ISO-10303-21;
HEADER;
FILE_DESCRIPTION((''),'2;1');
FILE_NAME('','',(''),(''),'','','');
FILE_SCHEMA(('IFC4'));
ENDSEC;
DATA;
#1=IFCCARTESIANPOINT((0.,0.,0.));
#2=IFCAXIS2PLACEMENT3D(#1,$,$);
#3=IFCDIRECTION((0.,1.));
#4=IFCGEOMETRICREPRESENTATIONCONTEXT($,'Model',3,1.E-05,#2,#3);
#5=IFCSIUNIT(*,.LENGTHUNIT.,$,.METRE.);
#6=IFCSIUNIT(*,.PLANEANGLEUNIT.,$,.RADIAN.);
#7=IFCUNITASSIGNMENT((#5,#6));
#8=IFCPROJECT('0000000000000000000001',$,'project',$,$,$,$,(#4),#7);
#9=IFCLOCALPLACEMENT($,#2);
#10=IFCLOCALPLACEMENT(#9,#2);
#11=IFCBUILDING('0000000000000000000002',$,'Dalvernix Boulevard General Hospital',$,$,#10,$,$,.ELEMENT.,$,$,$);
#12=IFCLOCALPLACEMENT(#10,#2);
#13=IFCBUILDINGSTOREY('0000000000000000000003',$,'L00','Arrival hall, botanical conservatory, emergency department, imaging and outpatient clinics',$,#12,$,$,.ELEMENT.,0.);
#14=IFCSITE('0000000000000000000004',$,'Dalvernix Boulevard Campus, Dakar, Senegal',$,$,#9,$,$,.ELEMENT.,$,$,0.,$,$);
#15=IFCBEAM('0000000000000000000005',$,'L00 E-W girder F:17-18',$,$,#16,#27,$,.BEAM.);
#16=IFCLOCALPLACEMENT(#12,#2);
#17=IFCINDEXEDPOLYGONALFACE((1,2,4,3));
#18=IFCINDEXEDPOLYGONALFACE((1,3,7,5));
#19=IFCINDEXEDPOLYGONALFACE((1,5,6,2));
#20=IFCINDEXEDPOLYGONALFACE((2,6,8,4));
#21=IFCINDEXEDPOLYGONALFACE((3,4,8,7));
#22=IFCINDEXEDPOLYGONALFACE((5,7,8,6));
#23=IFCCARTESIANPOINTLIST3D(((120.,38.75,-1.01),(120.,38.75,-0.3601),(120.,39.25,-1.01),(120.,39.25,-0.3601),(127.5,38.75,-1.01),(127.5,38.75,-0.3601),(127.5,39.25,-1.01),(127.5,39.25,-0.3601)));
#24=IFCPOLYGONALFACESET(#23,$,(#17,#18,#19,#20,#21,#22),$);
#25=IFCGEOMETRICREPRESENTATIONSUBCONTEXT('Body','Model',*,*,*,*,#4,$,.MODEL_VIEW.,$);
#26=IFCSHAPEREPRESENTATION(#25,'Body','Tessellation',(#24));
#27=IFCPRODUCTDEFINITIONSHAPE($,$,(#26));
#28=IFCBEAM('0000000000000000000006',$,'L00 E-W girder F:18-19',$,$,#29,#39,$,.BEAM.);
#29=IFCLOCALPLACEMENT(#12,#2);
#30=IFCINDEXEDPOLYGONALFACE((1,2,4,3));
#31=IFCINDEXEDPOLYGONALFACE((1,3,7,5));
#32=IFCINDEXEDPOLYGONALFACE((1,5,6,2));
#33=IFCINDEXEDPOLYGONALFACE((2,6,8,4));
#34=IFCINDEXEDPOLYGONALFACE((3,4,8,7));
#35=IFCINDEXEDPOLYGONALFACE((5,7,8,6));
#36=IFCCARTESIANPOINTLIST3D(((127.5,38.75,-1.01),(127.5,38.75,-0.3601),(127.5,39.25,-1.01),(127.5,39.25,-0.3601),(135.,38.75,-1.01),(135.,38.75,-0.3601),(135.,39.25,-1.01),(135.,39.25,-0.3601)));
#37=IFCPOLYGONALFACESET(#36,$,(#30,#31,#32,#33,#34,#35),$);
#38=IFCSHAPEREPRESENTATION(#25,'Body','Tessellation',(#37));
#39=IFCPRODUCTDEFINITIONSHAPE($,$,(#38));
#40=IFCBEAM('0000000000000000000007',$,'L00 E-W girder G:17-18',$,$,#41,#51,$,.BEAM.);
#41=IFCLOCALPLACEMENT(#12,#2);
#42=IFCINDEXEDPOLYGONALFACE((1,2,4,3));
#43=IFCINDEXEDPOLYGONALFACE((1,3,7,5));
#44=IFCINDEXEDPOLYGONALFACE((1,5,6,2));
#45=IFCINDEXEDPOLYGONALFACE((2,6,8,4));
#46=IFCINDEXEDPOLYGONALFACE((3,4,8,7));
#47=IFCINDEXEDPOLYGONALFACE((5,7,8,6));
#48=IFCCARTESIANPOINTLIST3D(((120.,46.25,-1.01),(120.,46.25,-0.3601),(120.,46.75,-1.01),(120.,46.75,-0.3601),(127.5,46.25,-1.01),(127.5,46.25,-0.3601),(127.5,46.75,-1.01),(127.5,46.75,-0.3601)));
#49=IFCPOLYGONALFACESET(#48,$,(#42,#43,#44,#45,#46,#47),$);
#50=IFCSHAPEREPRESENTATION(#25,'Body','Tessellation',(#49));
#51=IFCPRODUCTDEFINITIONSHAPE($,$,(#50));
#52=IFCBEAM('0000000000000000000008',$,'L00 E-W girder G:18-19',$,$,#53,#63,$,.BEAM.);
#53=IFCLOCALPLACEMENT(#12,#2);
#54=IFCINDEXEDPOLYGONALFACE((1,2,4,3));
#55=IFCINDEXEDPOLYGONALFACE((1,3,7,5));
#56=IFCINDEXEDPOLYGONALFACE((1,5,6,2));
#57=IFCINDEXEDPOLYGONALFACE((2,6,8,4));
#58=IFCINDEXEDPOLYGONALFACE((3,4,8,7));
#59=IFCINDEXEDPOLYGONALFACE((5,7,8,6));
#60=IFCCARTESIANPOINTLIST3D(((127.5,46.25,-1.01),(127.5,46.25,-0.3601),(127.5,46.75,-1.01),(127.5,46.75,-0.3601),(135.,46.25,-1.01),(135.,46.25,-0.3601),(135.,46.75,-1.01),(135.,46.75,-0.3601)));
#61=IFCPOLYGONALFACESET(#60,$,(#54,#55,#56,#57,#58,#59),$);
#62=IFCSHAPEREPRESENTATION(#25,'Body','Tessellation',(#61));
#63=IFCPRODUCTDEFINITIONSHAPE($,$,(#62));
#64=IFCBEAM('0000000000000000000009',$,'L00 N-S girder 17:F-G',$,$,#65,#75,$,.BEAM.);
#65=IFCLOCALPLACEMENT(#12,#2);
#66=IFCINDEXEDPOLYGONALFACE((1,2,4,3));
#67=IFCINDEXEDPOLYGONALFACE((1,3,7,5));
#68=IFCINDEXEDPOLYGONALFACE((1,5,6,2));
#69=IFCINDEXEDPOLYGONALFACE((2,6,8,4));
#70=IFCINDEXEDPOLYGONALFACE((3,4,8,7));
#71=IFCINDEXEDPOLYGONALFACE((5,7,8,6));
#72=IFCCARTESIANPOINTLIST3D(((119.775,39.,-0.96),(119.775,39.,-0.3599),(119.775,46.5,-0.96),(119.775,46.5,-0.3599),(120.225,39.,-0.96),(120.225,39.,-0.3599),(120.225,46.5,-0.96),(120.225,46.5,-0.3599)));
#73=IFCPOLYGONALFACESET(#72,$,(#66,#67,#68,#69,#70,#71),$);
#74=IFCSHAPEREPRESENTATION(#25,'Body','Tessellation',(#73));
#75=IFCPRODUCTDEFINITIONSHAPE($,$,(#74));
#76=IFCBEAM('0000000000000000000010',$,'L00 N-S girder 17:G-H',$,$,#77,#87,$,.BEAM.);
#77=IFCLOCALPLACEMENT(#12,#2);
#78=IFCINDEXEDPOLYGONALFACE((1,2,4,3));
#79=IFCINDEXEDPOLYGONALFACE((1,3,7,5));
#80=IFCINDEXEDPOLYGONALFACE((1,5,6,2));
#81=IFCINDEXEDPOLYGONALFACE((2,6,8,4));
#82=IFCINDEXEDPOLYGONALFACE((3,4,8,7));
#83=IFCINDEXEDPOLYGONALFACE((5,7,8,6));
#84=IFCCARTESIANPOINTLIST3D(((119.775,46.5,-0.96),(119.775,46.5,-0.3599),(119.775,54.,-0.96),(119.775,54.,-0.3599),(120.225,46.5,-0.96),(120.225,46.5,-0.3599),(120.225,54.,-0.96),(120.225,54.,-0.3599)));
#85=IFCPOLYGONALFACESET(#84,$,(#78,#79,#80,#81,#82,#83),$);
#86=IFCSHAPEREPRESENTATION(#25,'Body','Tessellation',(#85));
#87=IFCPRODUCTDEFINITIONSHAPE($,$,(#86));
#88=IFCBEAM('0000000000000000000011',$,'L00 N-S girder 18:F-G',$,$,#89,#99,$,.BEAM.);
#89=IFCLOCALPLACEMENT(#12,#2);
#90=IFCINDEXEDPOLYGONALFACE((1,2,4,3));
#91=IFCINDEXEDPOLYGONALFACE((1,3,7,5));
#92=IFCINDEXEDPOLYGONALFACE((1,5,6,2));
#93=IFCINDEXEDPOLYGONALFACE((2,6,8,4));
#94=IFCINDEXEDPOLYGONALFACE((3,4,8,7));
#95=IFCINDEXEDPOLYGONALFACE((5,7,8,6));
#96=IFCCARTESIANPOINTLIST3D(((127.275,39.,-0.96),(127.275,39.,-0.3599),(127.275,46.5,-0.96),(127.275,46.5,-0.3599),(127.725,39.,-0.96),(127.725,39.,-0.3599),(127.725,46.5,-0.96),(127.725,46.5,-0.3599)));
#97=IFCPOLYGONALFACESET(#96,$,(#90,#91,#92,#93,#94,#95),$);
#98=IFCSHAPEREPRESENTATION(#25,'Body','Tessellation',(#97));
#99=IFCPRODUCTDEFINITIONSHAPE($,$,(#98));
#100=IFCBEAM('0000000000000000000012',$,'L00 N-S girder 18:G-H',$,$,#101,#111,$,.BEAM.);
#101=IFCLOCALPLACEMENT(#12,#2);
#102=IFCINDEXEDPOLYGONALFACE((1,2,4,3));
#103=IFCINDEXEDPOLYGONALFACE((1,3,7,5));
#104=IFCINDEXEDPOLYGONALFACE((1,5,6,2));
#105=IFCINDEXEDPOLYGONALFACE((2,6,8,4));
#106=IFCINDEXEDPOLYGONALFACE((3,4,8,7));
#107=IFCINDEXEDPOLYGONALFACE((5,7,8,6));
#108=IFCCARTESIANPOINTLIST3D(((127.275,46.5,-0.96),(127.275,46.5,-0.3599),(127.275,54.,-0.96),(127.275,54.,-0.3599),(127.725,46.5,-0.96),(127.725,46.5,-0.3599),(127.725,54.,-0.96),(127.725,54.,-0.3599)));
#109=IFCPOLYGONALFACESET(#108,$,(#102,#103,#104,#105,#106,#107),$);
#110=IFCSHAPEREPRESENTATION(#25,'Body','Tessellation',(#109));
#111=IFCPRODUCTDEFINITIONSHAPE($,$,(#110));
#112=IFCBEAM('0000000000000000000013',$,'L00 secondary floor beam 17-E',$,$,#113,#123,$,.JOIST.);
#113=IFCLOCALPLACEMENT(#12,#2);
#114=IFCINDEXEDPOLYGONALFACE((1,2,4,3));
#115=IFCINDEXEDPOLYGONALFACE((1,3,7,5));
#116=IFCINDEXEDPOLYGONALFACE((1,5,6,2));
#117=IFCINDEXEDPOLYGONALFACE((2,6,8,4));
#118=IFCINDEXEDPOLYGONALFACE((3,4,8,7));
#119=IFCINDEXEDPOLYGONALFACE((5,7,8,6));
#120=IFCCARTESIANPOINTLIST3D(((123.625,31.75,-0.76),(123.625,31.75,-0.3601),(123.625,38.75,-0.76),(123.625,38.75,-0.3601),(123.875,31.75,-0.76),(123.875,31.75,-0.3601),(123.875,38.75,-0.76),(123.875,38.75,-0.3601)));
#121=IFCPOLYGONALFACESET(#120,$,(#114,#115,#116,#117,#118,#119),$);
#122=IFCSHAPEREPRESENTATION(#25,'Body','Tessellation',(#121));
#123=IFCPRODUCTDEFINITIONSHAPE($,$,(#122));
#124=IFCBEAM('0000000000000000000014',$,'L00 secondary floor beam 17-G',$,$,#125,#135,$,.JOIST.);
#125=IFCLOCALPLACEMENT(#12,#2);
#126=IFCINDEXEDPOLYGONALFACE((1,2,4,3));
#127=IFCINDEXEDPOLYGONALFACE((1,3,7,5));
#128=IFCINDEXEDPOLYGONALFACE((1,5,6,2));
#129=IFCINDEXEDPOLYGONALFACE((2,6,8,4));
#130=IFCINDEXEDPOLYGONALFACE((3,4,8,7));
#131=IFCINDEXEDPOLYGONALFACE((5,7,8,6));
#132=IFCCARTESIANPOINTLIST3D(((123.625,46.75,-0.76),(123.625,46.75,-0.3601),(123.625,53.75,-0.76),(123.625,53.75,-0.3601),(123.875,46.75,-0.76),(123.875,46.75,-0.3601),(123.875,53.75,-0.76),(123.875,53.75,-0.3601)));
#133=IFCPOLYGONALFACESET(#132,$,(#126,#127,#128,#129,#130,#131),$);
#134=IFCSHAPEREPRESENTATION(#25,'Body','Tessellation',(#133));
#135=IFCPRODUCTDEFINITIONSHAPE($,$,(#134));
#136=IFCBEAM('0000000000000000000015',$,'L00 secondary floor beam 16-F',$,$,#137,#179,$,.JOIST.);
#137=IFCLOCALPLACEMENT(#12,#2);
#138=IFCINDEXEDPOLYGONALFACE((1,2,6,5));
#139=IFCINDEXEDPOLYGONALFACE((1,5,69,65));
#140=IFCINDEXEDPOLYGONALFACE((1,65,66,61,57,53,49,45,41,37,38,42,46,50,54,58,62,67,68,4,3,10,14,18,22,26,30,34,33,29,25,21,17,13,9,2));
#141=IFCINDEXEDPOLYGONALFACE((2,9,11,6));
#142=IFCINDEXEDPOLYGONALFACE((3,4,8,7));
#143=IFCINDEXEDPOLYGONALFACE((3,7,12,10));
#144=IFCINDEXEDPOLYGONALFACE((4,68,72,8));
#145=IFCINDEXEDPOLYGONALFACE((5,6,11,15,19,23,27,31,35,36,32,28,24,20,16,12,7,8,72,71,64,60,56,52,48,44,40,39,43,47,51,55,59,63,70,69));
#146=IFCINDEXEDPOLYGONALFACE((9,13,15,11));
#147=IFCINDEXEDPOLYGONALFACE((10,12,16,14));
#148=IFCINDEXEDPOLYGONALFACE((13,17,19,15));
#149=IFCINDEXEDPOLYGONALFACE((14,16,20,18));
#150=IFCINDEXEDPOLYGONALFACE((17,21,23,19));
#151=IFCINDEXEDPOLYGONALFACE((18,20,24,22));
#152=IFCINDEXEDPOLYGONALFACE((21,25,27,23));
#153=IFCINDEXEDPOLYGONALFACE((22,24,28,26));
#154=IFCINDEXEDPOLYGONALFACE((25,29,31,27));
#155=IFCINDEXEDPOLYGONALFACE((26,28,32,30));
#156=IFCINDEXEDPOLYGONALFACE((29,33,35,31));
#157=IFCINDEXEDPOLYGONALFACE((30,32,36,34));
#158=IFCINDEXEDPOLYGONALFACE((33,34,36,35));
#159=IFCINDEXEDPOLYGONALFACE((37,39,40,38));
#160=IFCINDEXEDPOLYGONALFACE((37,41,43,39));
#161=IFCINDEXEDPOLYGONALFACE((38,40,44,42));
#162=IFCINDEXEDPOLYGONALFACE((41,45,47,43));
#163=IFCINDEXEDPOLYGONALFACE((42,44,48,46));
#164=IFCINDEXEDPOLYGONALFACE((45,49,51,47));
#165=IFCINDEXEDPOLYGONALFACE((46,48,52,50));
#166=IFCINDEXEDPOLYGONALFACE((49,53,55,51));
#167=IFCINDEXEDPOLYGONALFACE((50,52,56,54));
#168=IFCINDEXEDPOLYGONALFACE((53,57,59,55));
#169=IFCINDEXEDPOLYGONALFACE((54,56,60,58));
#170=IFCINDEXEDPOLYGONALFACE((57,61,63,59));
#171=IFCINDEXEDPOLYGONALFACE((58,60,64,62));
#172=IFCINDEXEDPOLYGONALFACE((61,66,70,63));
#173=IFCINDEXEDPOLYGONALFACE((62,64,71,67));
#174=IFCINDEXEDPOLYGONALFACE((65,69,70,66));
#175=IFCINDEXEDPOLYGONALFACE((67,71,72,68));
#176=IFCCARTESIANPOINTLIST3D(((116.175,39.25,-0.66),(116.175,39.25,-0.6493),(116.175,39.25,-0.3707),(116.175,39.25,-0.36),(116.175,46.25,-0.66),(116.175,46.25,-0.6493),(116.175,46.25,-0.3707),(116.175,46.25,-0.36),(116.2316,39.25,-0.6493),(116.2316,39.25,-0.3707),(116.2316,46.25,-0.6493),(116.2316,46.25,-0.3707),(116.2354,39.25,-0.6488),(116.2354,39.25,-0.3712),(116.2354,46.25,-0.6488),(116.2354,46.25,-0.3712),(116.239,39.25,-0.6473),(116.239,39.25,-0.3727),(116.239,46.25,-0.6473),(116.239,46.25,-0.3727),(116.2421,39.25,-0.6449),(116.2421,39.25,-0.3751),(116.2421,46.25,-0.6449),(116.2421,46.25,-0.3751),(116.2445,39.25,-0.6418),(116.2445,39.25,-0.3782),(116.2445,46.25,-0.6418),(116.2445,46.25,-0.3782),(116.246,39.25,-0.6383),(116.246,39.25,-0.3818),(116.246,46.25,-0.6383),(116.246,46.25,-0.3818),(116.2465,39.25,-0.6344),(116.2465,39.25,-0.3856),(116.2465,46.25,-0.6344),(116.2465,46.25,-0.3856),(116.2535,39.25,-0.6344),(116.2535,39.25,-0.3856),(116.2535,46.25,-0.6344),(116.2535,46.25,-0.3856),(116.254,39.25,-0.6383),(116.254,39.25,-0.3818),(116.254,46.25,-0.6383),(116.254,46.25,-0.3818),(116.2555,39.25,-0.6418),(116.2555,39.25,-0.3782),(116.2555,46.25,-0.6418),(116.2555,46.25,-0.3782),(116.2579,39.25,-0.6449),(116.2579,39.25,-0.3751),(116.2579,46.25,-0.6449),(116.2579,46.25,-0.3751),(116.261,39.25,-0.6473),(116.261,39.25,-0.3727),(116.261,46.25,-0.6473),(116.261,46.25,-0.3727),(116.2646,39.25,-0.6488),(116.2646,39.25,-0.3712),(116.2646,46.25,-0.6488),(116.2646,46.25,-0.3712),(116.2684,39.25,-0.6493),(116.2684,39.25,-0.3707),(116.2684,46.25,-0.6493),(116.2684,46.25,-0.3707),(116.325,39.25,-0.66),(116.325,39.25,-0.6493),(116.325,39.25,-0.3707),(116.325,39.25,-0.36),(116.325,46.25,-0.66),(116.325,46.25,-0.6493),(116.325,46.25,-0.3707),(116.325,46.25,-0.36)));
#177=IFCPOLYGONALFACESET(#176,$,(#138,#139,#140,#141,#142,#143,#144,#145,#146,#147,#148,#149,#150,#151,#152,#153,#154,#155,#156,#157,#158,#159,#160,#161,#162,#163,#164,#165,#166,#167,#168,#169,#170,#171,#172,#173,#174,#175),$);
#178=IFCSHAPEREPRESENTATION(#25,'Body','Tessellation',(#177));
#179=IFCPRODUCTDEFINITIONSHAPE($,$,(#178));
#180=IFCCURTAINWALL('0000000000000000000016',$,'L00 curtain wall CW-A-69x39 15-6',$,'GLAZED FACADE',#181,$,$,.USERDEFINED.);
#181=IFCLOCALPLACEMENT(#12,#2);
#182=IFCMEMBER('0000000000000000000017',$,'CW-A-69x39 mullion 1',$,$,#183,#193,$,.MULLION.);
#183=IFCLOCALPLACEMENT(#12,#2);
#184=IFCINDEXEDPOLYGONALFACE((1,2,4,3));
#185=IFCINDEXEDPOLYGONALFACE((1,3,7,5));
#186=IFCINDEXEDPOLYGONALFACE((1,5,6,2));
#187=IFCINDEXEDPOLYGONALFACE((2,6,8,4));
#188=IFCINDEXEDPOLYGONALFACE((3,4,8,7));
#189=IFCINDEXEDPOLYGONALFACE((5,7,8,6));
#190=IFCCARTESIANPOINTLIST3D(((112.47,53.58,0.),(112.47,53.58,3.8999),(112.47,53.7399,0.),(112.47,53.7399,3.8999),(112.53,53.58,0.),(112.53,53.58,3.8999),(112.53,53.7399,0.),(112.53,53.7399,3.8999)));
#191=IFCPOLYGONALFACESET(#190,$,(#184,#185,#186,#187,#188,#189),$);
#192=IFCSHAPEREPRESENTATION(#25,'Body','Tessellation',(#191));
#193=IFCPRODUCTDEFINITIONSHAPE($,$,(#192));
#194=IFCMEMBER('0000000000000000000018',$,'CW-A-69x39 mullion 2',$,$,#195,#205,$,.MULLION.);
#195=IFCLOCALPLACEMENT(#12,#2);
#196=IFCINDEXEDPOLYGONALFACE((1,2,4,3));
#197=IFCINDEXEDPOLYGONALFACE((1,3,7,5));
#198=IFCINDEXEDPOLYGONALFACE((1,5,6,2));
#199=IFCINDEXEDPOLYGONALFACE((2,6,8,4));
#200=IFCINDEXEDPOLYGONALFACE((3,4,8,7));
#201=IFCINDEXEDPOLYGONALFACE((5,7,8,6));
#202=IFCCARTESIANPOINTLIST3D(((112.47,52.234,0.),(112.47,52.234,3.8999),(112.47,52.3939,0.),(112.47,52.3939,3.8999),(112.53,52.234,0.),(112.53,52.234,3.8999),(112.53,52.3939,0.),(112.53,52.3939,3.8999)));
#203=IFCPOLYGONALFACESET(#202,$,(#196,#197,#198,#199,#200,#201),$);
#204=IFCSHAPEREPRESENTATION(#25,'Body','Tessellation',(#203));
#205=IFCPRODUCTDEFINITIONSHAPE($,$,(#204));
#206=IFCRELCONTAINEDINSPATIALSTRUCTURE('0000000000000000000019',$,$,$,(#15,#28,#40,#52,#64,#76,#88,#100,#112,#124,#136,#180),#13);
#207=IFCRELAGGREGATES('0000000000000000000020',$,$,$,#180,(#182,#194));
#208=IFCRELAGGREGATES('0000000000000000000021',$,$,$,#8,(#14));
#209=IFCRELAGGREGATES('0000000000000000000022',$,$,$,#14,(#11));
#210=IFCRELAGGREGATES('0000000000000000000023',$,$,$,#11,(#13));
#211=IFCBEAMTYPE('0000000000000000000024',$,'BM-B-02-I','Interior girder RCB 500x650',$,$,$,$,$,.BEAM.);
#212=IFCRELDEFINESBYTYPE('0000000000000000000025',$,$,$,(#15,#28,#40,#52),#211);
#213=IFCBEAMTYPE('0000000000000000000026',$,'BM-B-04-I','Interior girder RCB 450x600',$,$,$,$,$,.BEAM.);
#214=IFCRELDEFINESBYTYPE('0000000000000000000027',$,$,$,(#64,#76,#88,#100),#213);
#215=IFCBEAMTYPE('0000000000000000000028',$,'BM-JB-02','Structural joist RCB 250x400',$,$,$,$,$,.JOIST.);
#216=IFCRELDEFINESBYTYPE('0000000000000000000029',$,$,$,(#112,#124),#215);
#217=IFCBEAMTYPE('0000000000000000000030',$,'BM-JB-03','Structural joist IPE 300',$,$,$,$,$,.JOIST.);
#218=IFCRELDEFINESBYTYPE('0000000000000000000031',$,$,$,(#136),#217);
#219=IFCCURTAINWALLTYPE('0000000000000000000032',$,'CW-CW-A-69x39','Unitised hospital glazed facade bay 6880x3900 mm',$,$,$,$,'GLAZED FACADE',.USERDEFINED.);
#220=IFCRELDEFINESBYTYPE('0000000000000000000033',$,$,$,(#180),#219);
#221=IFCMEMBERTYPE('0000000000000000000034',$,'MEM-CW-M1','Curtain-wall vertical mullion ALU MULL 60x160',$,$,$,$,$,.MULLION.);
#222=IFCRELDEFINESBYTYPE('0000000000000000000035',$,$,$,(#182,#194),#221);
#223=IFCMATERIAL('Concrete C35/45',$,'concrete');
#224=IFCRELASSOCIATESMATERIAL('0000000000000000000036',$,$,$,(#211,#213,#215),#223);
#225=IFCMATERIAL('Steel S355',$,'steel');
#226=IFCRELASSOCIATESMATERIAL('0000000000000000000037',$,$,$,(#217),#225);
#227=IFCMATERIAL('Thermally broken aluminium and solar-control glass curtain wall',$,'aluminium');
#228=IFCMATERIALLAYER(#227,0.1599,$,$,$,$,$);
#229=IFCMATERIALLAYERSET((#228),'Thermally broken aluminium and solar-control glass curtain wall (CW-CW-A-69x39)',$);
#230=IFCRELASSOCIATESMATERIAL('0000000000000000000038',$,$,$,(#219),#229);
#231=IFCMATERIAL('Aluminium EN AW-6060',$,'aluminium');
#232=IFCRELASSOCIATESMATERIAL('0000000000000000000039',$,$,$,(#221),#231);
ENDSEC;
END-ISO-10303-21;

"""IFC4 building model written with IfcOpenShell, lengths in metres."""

from ifc_helpers import new_model, si_unit, direction, frame, origin, origin_2d, place, context, subcontext, project, spatial, rectangle, i_section, extrude, material, layer, layer_set, material_profile, profile_set, type_object, element, aggregate, save


model = new_model("IFC4")

# Units and contexts
model_context = context("Model", 3, precision=1e-05, world=origin(), true_north=direction((0.0, 1.0)))
body_context = subcontext(model_context, "Body", "Model", "MODEL_VIEW")
ifc_project = project(units=[si_unit("LENGTHUNIT", "METRE"), si_unit("PLANEANGLEUNIT", "RADIAN")], contexts=[model_context])

# Site, building, storey
site_placement = place(None, origin())
site = spatial("IfcSite", under=ifc_project, at=site_placement, Name="Dalvernix Boulevard Campus, Dakar, Senegal", CompositionType="ELEMENT", RefElevation=0.0)
building_placement = place(site_placement, origin())
building = spatial("IfcBuilding", under=site, at=building_placement, Name="Dalvernix Boulevard General Hospital", CompositionType="ELEMENT")
storey_placement = place(building_placement, origin())
storey = spatial("IfcBuildingStorey", under=building, at=storey_placement, Name="L00", Description="Arrival hall, botanical conservatory, emergency department, imaging and outpatient clinics", CompositionType="ELEMENT", Elevation=0.0)

# Beams
ifc_material_1 = material(Name="Concrete C35/45", Category="concrete")
ifc_material_profile_1 = material_profile(ifc_material_1, rectangle(XDim=0.5, YDim=0.6499, at=origin_2d()), Name="RCB 500x650")
ifc_profile_set_1 = profile_set([ifc_material_profile_1], Name="Concrete C35/45")
beam_type_1 = type_object("IfcBeamType", Name="BM-B-02-I", Description="Interior girder RCB 500x650", PredefinedType="BEAM", material=ifc_profile_set_1)
for number, where, z_axis, x_axis, name in (
    (1, (120.0, 39.0, -0.6851), (1.0, 0.0, 0.0), (0.0, 1.0, 0.0), "L00 E-W girder F:17-18"),
    (2, (127.5, 39.0, -0.6851), (1.0, 0.0, 0.0), (0.0, 1.0, 0.0), "L00 E-W girder F:18-19"),
    (3, (120.0, 46.5, -0.6851), (1.0, 0.0, 0.0), (0.0, 1.0, 0.0), "L00 E-W girder G:17-18"),
    (4, (127.5, 46.5, -0.6851), (1.0, 0.0, 0.0), (0.0, 1.0, 0.0), "L00 E-W girder G:18-19"),
):
    element("IfcBeam", number, at=place(storey_placement, frame(where, z_axis=z_axis, x_axis=x_axis)), inside=storey, type_object=beam_type_1, Name=name, PredefinedType="BEAM", context=body_context, shape_type="SweptSolid", body=[
        extrude(rectangle(XDim=0.5, YDim=0.6499, at=origin_2d()), origin(), (0.0, 0.0, 1.0), 7.5),
    ])
ifc_material_profile_2 = material_profile(ifc_material_1, rectangle(XDim=0.45, YDim=0.6001, at=origin_2d()), Name="RCB 450x600")
ifc_profile_set_2 = profile_set([ifc_material_profile_2], Name="Concrete C35/45")
beam_type_2 = type_object("IfcBeamType", Name="BM-B-04-I", Description="Interior girder RCB 450x600", PredefinedType="BEAM", material=ifc_profile_set_2)
for number, where, z_axis, x_axis, name in (
    (5, (120.0, 39.0, -0.6599), (0.0, 1.0, 0.0), (-1.0, 0.0, 0.0), "L00 N-S girder 17:F-G"),
    (6, (120.0, 46.5, -0.6599), (0.0, 1.0, 0.0), (-1.0, 0.0, 0.0), "L00 N-S girder 17:G-H"),
    (7, (127.5, 39.0, -0.6599), (0.0, 1.0, 0.0), (-1.0, 0.0, 0.0), "L00 N-S girder 18:F-G"),
    (8, (127.5, 46.5, -0.6599), (0.0, 1.0, 0.0), (-1.0, 0.0, 0.0), "L00 N-S girder 18:G-H"),
):
    element("IfcBeam", number, at=place(storey_placement, frame(where, z_axis=z_axis, x_axis=x_axis)), inside=storey, type_object=beam_type_2, Name=name, PredefinedType="BEAM", context=body_context, shape_type="SweptSolid", body=[
        extrude(rectangle(XDim=0.45, YDim=0.6001, at=origin_2d()), origin(), (0.0, 0.0, 1.0), 7.5),
    ])
ifc_material_profile_3 = material_profile(ifc_material_1, rectangle(XDim=0.25, YDim=0.3999, at=origin_2d()), Name="RCB 250x400")
ifc_profile_set_3 = profile_set([ifc_material_profile_3], Name="Concrete C35/45")
beam_type_3 = type_object("IfcBeamType", Name="BM-JB-02", Description="Structural joist RCB 250x400", PredefinedType="JOIST", material=ifc_profile_set_3)
for number, where, z_axis, x_axis, name in (
    (9, (123.75, 31.75, -0.5601), (0.0, 1.0, 0.0), (-1.0, 0.0, 0.0), "L00 secondary floor beam 17-E"),
    (10, (123.75, 46.75, -0.5601), (0.0, 1.0, 0.0), (-1.0, 0.0, 0.0), "L00 secondary floor beam 17-G"),
):
    element("IfcBeam", number, at=place(storey_placement, frame(where, z_axis=z_axis, x_axis=x_axis)), inside=storey, type_object=beam_type_3, Name=name, PredefinedType="JOIST", context=body_context, shape_type="SweptSolid", body=[
        extrude(rectangle(XDim=0.25, YDim=0.3999, at=origin_2d()), origin(), (0.0, 0.0, 1.0), 7.0),
    ])
ifc_material_2 = material(Name="Steel S355", Category="steel")
ifc_material_profile_4 = material_profile(ifc_material_2, i_section(OverallWidth=0.1499, OverallDepth=0.3, WebThickness=0.0071, FlangeThickness=0.0107, FilletRadius=0.0149, at=origin_2d()), Name="IPE 300")
ifc_profile_set_4 = profile_set([ifc_material_profile_4], Name="Steel S355")
beam_type_4 = type_object("IfcBeamType", Name="BM-JB-03", Description="Structural joist IPE 300", PredefinedType="JOIST", material=ifc_profile_set_4)
beam_placement = place(storey_placement, frame((116.25, 39.25, -0.51), z_axis=(0.0, 1.0, 0.0), x_axis=(-1.0, 0.0, 0.0)))
element("IfcBeam", 11, at=beam_placement, inside=storey, type_object=beam_type_4, Name="L00 secondary floor beam 16-F", PredefinedType="JOIST", context=body_context, shape_type="SweptSolid", body=[
    extrude(i_section(OverallWidth=0.1499, OverallDepth=0.3, WebThickness=0.0071, FlangeThickness=0.0107, FilletRadius=0.0149, at=origin_2d()), origin(), (0.0, 0.0, 1.0), 7.0),
])

# Curtain wall, members
ifc_material_3 = material(Name="Thermally broken aluminium and solar-control glass curtain wall", Category="aluminium")
ifc_layer_1 = layer(ifc_material_3, 0.1599)
ifc_layer_set_1 = layer_set([ifc_layer_1], Name="Thermally broken aluminium and solar-control glass curtain wall (CW-CW-A-69x39)")
curtain_wall_type_1 = type_object("IfcCurtainWallType", Name="CW-CW-A-69x39", Description="Unitised hospital glazed facade bay 6880x3900 mm", ElementType="GLAZED FACADE", PredefinedType="USERDEFINED", material=ifc_layer_set_1)
curtain_wall_1_placement = place(storey_placement, origin())
curtain_wall_1 = element("IfcCurtainWall", 12, at=curtain_wall_1_placement, inside=storey, type_object=curtain_wall_type_1, Name="L00 curtain wall CW-A-69x39 15-6", ObjectType="GLAZED FACADE", PredefinedType="USERDEFINED")
ifc_material_4 = material(Name="Aluminium EN AW-6060", Category="aluminium")
ifc_material_profile_5 = material_profile(ifc_material_4, rectangle(XDim=0.0601, YDim=0.1599, at=origin_2d()), Name="ALU MULL 60x160")
ifc_profile_set_5 = profile_set([ifc_material_profile_5], Name="Aluminium EN AW-6060")
member_type_1 = type_object("IfcMemberType", Name="MEM-CW-M1", Description="Curtain-wall vertical mullion ALU MULL 60x160", PredefinedType="MULLION", material=ifc_profile_set_5)
member_1_placement = place(storey_placement, frame((112.5, 53.6599, 0.0), z_axis=(0.0, 0.0, 1.0), x_axis=(1.0, 0.0, 0.0)))
member_1 = element("IfcMember", 13, at=member_1_placement, type_object=member_type_1, Name="CW-A-69x39 mullion 1", PredefinedType="MULLION", context=body_context, shape_type="SweptSolid", body=[
    extrude(rectangle(XDim=0.0601, YDim=0.1599, at=origin_2d()), origin(), (0.0, 0.0, 1.0), 3.8999),
])
member_2_placement = place(storey_placement, frame((112.5, 52.314, 0.0), z_axis=(0.0, 0.0, 1.0), x_axis=(1.0, 0.0, 0.0)))
member_2 = element("IfcMember", 14, at=member_2_placement, type_object=member_type_1, Name="CW-A-69x39 mullion 2", PredefinedType="MULLION", context=body_context, shape_type="SweptSolid", body=[
    extrude(rectangle(XDim=0.0601, YDim=0.1599, at=origin_2d()), origin(), (0.0, 0.0, 1.0), 3.8999),
])

aggregate(curtain_wall_1, [member_1, member_2])

save(model, "model.ifc")
